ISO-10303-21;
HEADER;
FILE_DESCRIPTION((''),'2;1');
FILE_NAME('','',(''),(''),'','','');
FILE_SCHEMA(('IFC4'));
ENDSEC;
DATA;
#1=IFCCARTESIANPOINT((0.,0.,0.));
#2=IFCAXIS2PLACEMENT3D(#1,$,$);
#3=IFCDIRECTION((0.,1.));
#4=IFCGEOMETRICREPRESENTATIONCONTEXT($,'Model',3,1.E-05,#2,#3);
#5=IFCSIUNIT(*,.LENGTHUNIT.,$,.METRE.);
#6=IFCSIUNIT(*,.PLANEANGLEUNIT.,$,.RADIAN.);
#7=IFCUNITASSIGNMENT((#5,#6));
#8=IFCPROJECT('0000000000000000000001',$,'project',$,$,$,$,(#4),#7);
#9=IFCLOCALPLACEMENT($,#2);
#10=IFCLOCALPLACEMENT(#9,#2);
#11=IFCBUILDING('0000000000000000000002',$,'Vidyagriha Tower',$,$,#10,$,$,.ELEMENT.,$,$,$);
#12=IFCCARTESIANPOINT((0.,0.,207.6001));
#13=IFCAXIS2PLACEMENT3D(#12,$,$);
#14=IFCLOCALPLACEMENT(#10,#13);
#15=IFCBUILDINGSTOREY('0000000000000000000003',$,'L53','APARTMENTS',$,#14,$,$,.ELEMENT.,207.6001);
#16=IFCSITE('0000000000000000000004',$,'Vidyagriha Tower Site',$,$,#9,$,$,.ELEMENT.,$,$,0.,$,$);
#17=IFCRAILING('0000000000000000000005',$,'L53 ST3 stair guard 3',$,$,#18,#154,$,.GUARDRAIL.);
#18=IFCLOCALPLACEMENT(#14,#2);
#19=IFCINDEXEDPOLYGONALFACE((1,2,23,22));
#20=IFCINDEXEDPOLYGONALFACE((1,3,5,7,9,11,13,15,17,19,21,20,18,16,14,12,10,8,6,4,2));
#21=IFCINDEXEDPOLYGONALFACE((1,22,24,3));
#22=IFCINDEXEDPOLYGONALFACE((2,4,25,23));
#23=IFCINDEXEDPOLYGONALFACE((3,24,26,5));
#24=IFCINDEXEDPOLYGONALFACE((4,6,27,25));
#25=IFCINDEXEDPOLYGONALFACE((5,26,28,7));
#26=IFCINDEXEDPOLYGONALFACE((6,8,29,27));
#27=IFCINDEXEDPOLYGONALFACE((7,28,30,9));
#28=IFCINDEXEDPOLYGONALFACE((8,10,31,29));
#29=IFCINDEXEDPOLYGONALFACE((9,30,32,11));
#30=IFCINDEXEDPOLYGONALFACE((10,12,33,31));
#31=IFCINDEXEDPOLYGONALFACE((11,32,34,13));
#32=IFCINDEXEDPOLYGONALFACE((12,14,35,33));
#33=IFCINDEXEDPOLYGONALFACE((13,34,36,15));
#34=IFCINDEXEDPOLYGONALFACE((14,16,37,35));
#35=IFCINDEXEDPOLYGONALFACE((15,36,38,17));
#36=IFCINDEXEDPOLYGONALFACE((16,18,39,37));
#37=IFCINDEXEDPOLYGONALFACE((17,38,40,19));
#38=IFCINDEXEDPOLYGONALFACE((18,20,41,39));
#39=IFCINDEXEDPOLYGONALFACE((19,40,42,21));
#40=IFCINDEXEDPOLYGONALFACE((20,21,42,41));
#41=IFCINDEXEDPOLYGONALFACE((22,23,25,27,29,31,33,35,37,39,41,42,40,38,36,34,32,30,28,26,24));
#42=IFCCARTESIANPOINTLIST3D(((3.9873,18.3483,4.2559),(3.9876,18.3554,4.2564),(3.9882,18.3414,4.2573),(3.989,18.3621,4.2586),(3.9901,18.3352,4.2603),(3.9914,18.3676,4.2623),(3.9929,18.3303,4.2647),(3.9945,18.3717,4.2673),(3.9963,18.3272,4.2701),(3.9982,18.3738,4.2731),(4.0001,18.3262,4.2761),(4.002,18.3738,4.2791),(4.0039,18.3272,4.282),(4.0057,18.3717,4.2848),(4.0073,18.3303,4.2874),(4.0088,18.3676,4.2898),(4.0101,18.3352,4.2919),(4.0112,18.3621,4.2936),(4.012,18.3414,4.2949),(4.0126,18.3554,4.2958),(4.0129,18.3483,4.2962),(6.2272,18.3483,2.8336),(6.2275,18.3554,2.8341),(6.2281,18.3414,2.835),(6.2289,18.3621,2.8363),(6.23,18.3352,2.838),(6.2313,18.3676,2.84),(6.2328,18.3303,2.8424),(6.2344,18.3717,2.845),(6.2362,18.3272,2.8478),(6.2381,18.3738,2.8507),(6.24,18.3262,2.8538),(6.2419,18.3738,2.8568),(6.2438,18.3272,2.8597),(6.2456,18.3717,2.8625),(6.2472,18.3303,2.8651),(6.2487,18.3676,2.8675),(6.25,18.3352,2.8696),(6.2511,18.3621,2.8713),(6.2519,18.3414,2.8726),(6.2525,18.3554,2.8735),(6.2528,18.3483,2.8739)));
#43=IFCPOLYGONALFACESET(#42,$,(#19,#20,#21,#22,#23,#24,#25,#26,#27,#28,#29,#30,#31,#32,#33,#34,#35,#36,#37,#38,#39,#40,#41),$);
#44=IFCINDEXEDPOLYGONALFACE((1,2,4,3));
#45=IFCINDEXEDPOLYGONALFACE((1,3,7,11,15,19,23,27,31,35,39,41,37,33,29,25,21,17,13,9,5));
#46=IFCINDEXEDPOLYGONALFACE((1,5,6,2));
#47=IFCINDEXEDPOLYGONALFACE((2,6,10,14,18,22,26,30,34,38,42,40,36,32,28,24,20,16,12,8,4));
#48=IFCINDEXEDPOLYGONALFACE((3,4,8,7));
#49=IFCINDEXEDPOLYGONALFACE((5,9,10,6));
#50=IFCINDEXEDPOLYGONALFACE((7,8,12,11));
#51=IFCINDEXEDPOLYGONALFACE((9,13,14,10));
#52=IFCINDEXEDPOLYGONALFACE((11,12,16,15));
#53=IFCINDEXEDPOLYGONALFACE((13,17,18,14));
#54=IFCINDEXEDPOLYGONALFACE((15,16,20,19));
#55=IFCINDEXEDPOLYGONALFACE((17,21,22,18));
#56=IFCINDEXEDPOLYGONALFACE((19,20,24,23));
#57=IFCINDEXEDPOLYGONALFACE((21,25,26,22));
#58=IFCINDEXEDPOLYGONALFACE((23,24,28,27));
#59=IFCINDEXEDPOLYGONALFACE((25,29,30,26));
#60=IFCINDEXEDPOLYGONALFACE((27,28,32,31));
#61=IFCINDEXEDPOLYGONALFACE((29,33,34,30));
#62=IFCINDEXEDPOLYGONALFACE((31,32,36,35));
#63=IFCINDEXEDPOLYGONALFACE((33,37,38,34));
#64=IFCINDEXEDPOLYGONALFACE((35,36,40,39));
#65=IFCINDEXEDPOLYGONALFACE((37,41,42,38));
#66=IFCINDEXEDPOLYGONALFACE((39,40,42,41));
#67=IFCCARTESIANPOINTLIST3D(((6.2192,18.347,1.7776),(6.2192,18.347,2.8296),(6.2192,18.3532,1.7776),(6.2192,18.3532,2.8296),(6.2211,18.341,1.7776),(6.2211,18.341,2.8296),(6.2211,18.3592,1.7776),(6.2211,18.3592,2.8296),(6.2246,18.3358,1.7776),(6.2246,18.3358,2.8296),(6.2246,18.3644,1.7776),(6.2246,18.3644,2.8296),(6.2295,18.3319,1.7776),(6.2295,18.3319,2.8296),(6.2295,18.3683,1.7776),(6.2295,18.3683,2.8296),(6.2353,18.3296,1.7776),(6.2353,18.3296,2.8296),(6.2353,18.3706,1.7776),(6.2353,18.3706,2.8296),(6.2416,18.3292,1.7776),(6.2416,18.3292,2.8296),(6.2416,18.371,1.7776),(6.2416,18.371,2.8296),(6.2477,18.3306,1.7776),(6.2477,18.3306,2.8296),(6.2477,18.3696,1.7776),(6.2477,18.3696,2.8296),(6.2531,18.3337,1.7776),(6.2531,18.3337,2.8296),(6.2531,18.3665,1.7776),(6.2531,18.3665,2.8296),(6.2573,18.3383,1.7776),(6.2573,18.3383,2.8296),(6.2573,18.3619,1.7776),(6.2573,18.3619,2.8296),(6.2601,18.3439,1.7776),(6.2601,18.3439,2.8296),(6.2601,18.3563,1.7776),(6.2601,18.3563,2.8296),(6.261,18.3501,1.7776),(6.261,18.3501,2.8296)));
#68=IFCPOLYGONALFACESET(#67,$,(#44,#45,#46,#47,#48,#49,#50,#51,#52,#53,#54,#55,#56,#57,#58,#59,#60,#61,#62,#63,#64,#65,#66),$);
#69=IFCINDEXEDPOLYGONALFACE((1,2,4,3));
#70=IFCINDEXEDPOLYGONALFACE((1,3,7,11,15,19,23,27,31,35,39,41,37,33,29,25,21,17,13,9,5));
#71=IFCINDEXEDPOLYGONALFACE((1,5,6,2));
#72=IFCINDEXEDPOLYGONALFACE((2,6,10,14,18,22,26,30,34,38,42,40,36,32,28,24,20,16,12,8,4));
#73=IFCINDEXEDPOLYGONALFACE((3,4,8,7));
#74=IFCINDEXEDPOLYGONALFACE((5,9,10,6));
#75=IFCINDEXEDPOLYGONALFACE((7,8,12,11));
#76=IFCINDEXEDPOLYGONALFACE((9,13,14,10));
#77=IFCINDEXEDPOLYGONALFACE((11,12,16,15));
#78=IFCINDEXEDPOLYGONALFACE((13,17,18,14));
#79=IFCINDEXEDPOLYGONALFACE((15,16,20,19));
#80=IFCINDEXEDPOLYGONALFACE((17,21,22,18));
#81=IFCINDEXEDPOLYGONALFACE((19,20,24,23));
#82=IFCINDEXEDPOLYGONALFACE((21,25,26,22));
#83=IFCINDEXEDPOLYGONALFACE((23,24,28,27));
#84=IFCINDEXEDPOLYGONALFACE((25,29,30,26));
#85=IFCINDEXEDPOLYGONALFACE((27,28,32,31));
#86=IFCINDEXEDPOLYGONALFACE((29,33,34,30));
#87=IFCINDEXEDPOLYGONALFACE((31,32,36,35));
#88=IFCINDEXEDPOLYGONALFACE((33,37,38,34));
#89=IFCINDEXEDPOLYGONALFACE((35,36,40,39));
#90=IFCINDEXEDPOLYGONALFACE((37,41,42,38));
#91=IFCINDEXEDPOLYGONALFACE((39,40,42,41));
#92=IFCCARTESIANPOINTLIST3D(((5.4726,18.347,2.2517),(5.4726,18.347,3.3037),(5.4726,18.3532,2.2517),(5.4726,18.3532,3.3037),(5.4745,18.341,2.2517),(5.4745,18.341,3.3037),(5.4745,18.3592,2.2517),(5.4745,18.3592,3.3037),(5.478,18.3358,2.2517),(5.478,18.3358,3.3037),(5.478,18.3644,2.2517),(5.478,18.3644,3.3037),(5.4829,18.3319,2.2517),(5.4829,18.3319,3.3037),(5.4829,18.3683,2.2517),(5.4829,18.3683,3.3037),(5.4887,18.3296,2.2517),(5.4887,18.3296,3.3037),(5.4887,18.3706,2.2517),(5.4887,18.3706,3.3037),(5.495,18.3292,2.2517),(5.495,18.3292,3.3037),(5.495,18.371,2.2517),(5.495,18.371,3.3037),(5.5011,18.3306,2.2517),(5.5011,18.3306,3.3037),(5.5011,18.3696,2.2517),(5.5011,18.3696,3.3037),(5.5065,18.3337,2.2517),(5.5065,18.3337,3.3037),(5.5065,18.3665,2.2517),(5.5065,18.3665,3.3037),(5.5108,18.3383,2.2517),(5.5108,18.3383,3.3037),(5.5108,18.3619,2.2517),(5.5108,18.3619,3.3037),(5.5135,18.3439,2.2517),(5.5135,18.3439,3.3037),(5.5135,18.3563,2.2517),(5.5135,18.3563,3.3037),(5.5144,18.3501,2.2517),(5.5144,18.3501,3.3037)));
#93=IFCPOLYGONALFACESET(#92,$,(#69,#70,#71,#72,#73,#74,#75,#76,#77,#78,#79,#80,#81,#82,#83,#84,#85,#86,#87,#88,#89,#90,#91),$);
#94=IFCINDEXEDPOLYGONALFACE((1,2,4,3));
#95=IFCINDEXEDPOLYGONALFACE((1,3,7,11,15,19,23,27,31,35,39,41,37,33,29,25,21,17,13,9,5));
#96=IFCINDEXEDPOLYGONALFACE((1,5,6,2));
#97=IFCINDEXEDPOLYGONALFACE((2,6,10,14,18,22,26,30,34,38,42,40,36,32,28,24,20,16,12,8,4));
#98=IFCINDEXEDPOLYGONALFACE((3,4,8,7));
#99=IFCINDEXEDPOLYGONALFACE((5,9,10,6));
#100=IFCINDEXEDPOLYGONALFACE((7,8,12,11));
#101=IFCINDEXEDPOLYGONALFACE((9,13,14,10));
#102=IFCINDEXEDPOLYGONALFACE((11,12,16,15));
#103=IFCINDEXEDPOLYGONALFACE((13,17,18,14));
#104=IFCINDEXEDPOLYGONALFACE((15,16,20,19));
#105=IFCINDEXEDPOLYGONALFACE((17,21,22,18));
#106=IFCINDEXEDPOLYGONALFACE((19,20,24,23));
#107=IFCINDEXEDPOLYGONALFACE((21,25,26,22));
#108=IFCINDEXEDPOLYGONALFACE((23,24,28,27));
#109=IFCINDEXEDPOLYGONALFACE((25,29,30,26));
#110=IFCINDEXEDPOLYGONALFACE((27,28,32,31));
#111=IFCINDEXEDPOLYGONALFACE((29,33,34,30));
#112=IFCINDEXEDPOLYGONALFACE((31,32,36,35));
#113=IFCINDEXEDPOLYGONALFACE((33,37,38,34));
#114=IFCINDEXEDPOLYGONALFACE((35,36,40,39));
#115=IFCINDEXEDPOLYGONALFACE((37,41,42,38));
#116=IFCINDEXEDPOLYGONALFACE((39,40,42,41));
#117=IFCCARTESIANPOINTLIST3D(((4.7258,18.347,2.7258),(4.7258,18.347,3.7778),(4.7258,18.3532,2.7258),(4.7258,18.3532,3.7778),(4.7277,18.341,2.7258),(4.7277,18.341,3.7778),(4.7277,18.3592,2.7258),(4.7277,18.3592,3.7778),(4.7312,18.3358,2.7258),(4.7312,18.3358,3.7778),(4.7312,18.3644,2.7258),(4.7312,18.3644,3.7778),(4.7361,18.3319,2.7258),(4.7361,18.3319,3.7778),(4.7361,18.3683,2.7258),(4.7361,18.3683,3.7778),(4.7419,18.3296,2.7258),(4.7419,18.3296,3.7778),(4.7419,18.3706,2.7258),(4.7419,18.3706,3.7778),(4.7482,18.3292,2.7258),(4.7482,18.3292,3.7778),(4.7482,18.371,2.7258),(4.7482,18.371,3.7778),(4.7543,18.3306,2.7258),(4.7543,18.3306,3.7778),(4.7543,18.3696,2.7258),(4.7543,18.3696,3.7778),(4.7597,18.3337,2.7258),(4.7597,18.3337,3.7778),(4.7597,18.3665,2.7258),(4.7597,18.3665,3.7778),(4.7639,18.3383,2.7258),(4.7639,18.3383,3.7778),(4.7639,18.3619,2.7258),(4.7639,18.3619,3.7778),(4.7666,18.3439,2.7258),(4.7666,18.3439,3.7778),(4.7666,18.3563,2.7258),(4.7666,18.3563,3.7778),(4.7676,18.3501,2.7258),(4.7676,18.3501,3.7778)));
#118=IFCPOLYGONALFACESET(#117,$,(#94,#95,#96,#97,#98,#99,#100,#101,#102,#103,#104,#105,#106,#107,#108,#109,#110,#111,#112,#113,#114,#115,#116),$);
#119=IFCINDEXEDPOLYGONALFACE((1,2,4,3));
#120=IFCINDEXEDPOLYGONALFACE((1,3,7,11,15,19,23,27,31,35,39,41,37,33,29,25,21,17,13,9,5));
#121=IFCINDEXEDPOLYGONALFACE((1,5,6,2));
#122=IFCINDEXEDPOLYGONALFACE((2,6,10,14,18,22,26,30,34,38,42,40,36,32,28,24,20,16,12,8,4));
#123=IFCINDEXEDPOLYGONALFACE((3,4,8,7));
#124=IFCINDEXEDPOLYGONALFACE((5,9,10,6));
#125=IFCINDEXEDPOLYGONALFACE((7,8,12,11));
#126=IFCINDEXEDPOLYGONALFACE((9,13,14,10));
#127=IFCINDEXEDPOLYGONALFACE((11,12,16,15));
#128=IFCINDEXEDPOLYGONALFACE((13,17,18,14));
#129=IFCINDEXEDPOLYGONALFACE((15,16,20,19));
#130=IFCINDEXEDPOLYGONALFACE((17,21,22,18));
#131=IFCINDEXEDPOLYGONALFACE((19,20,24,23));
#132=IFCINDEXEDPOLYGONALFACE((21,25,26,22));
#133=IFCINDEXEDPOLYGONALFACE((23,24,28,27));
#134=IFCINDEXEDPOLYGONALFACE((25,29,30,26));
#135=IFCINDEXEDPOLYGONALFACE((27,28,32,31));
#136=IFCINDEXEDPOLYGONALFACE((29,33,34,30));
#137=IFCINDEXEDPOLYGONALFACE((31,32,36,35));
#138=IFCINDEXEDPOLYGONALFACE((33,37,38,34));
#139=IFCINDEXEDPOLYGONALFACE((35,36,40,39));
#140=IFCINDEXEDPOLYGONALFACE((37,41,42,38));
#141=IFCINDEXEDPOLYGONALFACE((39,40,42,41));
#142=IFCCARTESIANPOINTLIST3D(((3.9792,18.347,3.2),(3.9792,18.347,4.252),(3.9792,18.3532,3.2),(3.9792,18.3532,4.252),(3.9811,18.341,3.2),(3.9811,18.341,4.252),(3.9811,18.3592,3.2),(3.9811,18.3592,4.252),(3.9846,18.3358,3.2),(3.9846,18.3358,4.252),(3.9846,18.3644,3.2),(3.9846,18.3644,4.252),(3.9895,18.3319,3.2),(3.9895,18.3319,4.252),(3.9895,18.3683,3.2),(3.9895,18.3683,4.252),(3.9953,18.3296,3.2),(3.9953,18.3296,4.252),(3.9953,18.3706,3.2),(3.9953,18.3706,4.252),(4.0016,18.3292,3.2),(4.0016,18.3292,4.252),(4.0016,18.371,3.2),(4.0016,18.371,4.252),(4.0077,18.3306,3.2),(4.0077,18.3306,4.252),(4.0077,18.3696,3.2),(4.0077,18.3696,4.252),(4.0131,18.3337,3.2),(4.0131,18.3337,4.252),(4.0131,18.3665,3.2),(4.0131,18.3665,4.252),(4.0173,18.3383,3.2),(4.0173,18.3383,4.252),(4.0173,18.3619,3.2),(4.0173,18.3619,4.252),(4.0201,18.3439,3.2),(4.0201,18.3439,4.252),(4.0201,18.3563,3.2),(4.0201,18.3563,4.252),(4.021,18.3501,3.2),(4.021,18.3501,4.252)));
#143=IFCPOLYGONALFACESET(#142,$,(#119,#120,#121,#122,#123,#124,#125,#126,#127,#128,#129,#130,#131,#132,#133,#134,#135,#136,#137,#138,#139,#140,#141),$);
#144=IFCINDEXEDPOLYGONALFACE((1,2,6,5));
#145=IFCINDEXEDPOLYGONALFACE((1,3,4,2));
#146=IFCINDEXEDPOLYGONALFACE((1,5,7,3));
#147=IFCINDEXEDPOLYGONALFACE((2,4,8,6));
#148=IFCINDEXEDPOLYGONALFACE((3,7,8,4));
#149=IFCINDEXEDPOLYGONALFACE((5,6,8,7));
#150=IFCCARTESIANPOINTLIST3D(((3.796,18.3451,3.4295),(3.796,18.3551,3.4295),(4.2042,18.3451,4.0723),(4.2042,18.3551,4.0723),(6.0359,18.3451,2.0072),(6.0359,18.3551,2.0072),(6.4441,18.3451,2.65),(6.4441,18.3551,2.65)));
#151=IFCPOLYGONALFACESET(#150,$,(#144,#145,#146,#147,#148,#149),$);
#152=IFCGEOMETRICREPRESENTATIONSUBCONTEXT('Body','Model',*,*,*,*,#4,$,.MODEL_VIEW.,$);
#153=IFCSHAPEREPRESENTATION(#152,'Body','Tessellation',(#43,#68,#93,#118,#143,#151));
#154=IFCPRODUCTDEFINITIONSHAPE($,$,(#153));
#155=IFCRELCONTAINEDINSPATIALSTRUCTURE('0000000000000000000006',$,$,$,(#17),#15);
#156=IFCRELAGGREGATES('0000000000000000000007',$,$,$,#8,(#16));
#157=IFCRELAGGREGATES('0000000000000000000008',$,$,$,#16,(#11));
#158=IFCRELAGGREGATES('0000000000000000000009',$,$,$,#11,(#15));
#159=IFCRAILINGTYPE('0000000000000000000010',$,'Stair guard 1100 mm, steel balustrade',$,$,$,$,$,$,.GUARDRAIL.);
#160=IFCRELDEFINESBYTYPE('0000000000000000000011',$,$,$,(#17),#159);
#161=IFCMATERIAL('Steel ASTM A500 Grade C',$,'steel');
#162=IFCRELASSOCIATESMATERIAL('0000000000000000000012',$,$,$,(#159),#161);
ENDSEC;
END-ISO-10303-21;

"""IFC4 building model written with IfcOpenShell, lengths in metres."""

from ifc_helpers import new_model, si_unit, direction, frame, origin, origin_2d, place, context, subcontext, project, spatial, rectangle, circle, extrude, material, type_object, element, save


model = new_model("IFC4")

# Units and contexts
model_context = context("Model", 3, precision=1e-05, world=origin(), true_north=direction((0.0, 1.0)))
body_context = subcontext(model_context, "Body", "Model", "MODEL_VIEW")
ifc_project = project(units=[si_unit("LENGTHUNIT", "METRE"), si_unit("PLANEANGLEUNIT", "RADIAN")], contexts=[model_context])

# Site, building, storey
site_placement = place(None, origin())
site = spatial("IfcSite", under=ifc_project, at=site_placement, Name="Vidyagriha Tower Site", CompositionType="ELEMENT", RefElevation=0.0)
building_placement = place(site_placement, origin())
building = spatial("IfcBuilding", under=site, at=building_placement, Name="Vidyagriha Tower", CompositionType="ELEMENT")
storey_placement = place(building_placement, frame((0.0, 0.0, 207.6001)))
storey = spatial("IfcBuildingStorey", under=building, at=storey_placement, Name="L53", Description="APARTMENTS", CompositionType="ELEMENT", Elevation=207.6001)

# Railing
ifc_material_1 = material(Name="Steel ASTM A500 Grade C", Category="steel")
railing_type_1 = type_object("IfcRailingType", Name="Stair guard 1100 mm, steel balustrade", PredefinedType="GUARDRAIL", material=ifc_material_1)
railing_1_placement = place(storey_placement, frame((6.24, 18.3501, 1.7776)))
element("IfcRailing", 1, at=railing_1_placement, inside=storey, type_object=railing_type_1, Name="L53 ST3 stair guard 3", PredefinedType="GUARDRAIL", context=body_context, shape_type="SweptSolid", body=[
    extrude(circle(Radius=0.0239, at=origin_2d()), frame((0.0, 0.0, 1.0762), z_axis=(-0.844188, 0.0, 0.536048), x_axis=(0.0, -1.0, 0.0)), (0.0, 0.0, 1.0), 2.6533),
    extrude(circle(Radius=0.021, at=origin_2d()), origin(), (0.0, 0.0, 1.0), 1.052),
    extrude(circle(Radius=0.021, at=origin_2d()), frame((-0.7466, 0.0, 0.4741)), (0.0, 0.0, 1.0), 1.052),
    extrude(circle(Radius=0.021, at=origin_2d()), frame((-1.4934, 0.0, 0.9482)), (0.0, 0.0, 1.0), 1.052),
    extrude(circle(Radius=0.021, at=origin_2d()), frame((-2.24, 0.0, 1.4224)), (0.0, 0.0, 1.0), 1.052),
    extrude(rectangle(XDim=0.01, YDim=0.7615, at=origin_2d()), frame((0.0, 0.0, 0.551), z_axis=(-0.844188, 0.0, 0.536048), x_axis=(0.0, -1.0, 0.0)), (0.0, 0.0, 1.0), 2.6533),
])

save(model, "model.ifc")
